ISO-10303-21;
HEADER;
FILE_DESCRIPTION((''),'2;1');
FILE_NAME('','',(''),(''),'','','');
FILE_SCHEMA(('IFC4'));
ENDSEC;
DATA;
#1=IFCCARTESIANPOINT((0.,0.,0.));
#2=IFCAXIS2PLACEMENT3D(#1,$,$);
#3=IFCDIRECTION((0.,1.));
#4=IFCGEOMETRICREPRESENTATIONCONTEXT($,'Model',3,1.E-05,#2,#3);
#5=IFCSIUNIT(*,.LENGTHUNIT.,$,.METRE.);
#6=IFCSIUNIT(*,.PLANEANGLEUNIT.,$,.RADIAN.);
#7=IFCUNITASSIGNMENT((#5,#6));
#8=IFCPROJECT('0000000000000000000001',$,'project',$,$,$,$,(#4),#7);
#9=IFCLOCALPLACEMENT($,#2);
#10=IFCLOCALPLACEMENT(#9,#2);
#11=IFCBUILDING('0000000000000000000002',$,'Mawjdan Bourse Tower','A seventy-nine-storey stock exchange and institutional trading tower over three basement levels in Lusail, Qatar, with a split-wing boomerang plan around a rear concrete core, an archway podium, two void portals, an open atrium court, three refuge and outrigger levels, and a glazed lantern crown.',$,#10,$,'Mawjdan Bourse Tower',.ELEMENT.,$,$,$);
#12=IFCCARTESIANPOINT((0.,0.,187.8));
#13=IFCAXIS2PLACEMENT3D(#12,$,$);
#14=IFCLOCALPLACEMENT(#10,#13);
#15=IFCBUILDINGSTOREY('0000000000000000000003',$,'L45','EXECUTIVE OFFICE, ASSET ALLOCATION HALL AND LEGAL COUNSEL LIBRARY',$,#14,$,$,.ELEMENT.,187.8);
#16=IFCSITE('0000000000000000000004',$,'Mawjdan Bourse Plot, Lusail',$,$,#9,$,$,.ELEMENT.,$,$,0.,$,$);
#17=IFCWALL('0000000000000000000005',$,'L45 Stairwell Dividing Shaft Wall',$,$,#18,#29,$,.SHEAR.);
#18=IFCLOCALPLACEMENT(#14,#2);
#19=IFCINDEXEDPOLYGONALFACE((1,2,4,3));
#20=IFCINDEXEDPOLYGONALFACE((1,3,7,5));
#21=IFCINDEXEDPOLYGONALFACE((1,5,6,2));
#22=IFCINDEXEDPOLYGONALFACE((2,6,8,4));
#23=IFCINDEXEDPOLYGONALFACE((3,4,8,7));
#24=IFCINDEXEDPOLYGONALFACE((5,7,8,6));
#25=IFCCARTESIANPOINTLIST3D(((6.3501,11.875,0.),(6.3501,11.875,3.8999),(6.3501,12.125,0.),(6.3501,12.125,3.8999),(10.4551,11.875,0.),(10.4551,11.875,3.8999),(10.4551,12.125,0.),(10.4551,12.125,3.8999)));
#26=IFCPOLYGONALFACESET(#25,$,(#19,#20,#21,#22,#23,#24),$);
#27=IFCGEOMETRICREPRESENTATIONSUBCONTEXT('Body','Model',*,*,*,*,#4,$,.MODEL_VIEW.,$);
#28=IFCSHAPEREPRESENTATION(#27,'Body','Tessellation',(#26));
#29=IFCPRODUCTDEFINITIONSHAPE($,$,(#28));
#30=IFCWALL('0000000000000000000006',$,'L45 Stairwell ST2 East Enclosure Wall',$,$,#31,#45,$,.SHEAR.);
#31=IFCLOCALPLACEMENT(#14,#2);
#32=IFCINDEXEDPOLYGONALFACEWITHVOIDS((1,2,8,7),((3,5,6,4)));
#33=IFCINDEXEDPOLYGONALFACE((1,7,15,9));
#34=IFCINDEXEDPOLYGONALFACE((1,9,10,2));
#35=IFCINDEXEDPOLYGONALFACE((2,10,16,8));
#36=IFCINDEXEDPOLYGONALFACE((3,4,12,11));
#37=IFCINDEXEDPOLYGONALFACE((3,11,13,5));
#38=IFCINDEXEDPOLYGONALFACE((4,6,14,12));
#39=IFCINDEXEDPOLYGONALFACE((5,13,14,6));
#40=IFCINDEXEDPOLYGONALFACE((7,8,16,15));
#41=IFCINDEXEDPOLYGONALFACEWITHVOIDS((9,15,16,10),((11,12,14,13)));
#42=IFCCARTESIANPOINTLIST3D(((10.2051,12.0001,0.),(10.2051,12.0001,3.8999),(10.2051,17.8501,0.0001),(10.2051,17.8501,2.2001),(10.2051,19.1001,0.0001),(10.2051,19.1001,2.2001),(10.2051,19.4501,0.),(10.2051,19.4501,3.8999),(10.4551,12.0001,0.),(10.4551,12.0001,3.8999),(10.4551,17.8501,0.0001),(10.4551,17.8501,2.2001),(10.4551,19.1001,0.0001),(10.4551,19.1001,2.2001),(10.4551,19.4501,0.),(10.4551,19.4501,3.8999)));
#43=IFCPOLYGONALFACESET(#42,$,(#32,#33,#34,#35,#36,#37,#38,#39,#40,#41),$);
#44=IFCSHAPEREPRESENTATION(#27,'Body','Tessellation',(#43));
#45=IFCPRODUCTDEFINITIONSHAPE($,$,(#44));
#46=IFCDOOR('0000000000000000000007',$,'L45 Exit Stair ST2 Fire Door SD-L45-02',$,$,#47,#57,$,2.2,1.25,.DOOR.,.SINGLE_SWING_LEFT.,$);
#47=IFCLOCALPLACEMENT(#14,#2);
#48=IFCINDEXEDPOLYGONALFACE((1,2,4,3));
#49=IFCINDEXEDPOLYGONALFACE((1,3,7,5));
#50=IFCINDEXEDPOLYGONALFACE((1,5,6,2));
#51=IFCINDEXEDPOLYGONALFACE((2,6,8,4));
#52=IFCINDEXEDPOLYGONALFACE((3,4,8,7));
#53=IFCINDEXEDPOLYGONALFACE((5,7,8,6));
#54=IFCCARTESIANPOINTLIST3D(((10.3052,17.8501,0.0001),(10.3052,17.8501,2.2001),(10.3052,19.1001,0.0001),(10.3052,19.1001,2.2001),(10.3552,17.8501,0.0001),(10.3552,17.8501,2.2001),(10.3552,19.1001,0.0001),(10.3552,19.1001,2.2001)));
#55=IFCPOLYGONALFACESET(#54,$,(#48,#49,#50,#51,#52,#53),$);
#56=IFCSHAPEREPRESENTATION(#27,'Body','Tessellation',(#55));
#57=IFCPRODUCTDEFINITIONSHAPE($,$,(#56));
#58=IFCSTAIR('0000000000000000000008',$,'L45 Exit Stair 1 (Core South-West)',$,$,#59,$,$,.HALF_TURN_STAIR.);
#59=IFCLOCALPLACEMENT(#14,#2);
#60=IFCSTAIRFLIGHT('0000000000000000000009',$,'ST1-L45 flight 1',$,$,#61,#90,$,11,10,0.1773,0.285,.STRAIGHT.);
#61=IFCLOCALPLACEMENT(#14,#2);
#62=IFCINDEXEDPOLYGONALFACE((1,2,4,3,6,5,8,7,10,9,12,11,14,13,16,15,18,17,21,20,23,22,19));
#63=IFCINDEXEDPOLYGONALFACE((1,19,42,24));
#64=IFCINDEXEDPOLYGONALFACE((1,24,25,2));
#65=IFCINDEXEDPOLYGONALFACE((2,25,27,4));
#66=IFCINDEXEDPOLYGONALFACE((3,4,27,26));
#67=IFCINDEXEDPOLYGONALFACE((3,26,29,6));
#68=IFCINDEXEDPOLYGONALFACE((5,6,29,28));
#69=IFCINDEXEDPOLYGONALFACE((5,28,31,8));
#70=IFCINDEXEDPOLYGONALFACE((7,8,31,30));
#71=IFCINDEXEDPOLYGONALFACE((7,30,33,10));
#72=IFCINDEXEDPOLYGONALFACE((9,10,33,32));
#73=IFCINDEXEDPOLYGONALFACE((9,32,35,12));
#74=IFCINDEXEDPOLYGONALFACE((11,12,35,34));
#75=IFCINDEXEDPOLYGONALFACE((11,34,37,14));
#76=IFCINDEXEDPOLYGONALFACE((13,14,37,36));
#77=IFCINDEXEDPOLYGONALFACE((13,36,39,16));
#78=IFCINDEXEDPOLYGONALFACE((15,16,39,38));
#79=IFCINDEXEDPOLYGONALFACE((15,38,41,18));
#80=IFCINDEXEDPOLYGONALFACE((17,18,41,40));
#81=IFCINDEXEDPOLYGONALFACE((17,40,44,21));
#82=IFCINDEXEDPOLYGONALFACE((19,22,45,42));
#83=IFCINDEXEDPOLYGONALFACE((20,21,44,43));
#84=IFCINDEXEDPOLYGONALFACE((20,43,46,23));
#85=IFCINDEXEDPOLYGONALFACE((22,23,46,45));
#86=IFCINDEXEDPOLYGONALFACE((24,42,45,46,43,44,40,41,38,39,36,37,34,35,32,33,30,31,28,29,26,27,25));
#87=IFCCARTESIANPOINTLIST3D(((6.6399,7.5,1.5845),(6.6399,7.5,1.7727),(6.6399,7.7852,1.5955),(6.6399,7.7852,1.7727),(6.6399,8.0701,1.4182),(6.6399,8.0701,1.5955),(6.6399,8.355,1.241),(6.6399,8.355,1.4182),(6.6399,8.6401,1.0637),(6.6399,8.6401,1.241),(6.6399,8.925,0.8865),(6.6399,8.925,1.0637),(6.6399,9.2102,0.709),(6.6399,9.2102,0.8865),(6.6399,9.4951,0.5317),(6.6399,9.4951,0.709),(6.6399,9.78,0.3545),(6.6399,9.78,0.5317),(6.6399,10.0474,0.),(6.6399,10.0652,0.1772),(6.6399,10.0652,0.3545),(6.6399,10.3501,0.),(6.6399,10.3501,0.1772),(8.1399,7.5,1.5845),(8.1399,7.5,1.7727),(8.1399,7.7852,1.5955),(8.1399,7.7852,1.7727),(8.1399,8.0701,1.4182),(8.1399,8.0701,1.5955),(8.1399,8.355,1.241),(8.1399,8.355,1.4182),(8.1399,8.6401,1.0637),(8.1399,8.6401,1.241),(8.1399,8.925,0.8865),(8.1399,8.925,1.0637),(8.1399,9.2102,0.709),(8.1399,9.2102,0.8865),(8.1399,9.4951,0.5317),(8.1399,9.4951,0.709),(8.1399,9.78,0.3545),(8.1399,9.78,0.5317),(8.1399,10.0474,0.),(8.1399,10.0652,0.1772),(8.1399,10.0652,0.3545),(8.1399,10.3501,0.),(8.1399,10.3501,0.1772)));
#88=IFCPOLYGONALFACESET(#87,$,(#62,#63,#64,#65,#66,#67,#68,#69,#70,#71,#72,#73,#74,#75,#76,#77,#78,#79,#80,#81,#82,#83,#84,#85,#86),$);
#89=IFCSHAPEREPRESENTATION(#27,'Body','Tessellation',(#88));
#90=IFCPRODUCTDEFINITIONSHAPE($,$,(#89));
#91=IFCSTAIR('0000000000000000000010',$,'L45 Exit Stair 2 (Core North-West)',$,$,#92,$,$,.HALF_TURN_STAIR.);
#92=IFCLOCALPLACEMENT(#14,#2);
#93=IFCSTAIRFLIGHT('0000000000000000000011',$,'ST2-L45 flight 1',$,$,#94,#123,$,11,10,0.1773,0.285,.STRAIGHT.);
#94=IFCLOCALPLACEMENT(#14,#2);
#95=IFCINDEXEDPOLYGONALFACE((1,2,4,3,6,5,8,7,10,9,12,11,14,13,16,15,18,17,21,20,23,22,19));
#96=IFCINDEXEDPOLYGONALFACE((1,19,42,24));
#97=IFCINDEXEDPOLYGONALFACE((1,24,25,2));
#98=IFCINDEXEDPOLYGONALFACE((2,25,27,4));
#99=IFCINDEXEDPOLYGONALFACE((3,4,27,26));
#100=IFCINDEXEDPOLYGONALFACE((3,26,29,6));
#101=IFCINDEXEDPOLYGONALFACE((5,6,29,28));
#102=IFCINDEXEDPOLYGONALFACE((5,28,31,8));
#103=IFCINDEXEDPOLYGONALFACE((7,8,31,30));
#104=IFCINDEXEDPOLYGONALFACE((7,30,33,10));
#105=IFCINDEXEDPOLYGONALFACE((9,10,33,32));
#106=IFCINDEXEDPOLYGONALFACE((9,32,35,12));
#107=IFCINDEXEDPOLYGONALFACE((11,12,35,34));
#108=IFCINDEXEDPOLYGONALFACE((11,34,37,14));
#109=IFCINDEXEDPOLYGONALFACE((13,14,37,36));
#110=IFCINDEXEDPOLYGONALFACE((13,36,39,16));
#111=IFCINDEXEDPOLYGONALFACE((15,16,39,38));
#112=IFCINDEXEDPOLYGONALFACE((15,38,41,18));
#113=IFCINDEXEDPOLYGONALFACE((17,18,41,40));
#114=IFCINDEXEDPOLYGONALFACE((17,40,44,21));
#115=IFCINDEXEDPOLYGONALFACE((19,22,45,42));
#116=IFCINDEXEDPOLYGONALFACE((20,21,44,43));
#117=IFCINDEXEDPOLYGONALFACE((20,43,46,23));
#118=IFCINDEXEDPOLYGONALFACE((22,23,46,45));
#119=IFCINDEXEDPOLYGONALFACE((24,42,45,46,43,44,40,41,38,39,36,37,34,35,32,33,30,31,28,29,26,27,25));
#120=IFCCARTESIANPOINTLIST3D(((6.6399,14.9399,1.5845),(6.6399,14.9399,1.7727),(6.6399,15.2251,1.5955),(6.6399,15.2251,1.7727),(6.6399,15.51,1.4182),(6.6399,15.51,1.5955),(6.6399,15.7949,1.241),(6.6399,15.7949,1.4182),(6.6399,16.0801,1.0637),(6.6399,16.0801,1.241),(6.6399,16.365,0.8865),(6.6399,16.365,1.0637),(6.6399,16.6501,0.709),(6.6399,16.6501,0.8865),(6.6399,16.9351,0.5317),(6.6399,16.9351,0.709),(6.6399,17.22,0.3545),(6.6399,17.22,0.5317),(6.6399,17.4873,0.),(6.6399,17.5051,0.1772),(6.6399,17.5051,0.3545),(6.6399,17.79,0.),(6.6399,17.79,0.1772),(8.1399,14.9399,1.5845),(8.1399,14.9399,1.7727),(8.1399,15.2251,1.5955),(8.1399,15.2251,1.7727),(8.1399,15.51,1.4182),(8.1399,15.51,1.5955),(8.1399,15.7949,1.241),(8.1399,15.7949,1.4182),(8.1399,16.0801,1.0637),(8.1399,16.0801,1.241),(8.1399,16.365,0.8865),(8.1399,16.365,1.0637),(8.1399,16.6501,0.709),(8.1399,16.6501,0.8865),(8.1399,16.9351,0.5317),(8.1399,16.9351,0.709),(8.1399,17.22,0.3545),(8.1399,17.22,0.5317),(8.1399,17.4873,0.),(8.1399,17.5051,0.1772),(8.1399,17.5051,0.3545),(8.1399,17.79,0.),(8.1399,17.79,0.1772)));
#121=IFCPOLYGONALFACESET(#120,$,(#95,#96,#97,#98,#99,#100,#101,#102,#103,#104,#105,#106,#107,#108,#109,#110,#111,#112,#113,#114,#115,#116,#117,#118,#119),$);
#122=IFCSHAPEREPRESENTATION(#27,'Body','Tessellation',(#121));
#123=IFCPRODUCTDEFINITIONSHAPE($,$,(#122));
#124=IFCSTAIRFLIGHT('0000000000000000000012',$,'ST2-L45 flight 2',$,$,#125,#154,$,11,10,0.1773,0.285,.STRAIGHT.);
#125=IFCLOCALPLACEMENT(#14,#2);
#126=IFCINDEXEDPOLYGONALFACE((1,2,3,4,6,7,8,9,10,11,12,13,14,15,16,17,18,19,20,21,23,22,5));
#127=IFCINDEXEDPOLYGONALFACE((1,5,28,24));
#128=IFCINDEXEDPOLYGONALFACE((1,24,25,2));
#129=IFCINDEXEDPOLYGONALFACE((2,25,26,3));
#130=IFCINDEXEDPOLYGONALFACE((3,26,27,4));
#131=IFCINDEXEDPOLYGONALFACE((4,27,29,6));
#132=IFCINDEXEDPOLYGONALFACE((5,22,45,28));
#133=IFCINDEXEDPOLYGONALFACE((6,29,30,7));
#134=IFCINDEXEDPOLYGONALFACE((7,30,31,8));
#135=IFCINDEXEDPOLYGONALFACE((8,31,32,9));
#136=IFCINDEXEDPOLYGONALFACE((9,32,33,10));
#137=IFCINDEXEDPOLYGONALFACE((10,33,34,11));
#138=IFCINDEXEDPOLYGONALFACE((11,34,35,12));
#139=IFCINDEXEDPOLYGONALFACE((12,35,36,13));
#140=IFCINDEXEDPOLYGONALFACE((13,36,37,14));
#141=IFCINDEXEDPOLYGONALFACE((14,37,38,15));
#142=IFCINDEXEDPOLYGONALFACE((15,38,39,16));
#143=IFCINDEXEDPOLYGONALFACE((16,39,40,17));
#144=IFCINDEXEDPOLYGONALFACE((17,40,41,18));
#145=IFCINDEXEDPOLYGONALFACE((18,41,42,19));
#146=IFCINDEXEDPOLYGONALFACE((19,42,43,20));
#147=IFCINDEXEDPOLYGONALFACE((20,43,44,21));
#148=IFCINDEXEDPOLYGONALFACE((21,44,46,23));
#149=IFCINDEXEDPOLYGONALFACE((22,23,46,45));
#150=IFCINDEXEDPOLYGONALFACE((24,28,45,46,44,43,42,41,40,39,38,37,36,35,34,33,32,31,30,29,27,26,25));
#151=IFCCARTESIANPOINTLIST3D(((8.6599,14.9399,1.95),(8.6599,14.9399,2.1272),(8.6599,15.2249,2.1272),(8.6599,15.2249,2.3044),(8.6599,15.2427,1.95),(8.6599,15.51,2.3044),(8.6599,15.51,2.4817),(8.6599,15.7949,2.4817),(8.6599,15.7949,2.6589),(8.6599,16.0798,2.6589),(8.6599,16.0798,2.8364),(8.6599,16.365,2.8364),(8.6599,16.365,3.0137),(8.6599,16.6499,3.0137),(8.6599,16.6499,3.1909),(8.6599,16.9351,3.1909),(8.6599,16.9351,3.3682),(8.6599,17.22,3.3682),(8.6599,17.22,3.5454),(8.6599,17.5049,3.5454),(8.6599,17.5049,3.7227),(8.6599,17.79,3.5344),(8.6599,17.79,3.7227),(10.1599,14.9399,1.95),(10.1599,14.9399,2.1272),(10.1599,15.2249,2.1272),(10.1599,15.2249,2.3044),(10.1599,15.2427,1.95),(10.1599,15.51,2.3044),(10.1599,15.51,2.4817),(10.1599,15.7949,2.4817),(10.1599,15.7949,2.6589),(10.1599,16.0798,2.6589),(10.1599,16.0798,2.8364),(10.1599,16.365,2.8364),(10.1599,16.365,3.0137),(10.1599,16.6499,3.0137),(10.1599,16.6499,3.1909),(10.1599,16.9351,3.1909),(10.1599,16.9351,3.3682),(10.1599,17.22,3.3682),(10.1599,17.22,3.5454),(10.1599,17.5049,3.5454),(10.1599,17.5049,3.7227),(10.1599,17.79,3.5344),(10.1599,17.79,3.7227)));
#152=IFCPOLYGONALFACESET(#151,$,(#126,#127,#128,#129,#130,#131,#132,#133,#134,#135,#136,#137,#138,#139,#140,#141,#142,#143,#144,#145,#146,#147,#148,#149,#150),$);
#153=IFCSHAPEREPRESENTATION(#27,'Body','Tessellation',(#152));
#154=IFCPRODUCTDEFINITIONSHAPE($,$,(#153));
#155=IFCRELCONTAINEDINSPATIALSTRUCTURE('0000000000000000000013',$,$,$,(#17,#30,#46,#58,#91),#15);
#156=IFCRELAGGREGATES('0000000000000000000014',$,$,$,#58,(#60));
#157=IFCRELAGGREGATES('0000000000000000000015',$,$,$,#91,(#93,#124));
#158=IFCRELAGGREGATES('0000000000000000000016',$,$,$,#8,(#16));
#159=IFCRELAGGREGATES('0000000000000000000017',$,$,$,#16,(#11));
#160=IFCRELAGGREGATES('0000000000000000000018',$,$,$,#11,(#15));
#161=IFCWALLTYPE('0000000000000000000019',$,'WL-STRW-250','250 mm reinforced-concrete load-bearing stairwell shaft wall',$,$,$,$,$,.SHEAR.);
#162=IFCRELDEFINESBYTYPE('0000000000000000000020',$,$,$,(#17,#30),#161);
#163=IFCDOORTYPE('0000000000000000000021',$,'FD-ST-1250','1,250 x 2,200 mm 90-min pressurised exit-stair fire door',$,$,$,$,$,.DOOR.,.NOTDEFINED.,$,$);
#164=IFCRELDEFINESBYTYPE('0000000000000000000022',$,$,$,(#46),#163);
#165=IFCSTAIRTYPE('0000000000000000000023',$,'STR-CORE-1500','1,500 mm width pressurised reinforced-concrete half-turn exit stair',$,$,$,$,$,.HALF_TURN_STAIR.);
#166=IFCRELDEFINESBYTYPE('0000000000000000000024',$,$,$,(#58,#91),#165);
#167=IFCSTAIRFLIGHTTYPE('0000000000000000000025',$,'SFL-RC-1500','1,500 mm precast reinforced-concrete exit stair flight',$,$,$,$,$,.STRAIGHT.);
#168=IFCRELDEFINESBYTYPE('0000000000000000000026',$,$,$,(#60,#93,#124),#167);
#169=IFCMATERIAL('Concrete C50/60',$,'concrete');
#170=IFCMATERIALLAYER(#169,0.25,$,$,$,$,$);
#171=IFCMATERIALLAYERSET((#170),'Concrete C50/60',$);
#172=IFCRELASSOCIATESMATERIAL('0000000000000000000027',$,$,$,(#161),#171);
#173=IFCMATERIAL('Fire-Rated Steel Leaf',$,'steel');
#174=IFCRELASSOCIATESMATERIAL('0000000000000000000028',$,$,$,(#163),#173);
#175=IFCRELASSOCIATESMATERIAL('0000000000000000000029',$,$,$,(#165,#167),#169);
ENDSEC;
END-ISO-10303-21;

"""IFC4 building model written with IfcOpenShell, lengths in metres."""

from ifc_helpers import new_model, si_unit, direction, frame, frame_2d, origin, place, context, subcontext, project, spatial, polyline, rectangle, outline, extrude, material, layer, layer_set, type_object, element, fill, aggregate, save


model = new_model("IFC4")

# Units and contexts
model_context = context("Model", 3, precision=1e-05, world=origin(), true_north=direction((0.0, 1.0)))
body_context = subcontext(model_context, "Body", "Model", "MODEL_VIEW")
ifc_project = project(units=[si_unit("LENGTHUNIT", "METRE"), si_unit("PLANEANGLEUNIT", "RADIAN")], contexts=[model_context])

# Site, building, storey
site_placement = place(None, origin())
site = spatial("IfcSite", under=ifc_project, at=site_placement, Name="Mawjdan Bourse Plot, Lusail", CompositionType="ELEMENT", RefElevation=0.0)
building_placement = place(site_placement, origin())
building = spatial("IfcBuilding", under=site, at=building_placement, Name="Mawjdan Bourse Tower", Description="A seventy-nine-storey stock exchange and institutional trading tower over three basement levels in Lusail, Qatar, with a split-wing boomerang plan around a rear concrete core, an archway podium, two void portals, an open atrium court, three refuge and outrigger levels, and a glazed lantern crown.", LongName="Mawjdan Bourse Tower", CompositionType="ELEMENT")
storey_placement = place(building_placement, frame((0.0, 0.0, 187.8)))
storey = spatial("IfcBuildingStorey", under=building, at=storey_placement, Name="L45", Description="EXECUTIVE OFFICE, ASSET ALLOCATION HALL AND LEGAL COUNSEL LIBRARY", CompositionType="ELEMENT", Elevation=187.8)

# Shared definitions
ifc_material_1 = material(Name="Concrete C50/60", Category="concrete")

# Wall
ifc_layer_1 = layer(ifc_material_1, 0.25)
ifc_layer_set_1 = layer_set([ifc_layer_1], Name="Concrete C50/60")
wall_type_1 = type_object("IfcWallType", Name="WL-STRW-250", Description="250 mm reinforced-concrete load-bearing stairwell shaft wall", PredefinedType="SHEAR", material=ifc_layer_set_1)
wall_1_placement = place(storey_placement, frame((6.3501, 12.0, 0.0), z_axis=(0.0, 0.0, 1.0), x_axis=(1.0, 0.0, 0.0)))
element("IfcWall", 1, at=wall_1_placement, inside=storey, type_object=wall_type_1, Name="L45 Stairwell Dividing Shaft Wall", PredefinedType="SHEAR", context=body_context, shape_type="SweptSolid", body=[
    extrude(rectangle(XDim=4.105, YDim=0.25, at=frame_2d((2.0525, 0.0))), origin(), (0.0, 0.0, 1.0), 3.8999),
])

# Wall, opening, door
wall_2_placement = place(storey_placement, frame((10.3301, 12.0, 0.0), z_axis=(0.0, 0.0, 1.0), x_axis=(0.0, 1.0, 0.0)))
wall_2 = element("IfcWall", 2, at=wall_2_placement, inside=storey, type_object=wall_type_1, Name="L45 Stairwell ST2 East Enclosure Wall", PredefinedType="SHEAR", context=body_context, shape_type="SweptSolid", body=[
    extrude(rectangle(XDim=7.45, YDim=0.25, at=frame_2d((3.7251, 0.0))), origin(), (0.0, 0.0, 1.0), 3.8999),
])
opening_1_placement = place(wall_2_placement, frame((5.8501, 0.0, 0.0)))
opening_1 = element("IfcOpeningElement", 3, at=opening_1_placement, cuts=wall_2, PredefinedType="OPENING", context=body_context, shape_type="SweptSolid", body=[
    extrude(rectangle(XDim=1.25, YDim=2.2, at=frame_2d((0.625, 1.1001))), frame((0.0, 0.135, 0.0), z_axis=(0.0, -1.0, 0.0), x_axis=(1.0, 0.0, 0.0)), (0.0, 0.0, 1.0), 0.27),
])
ifc_material_2 = material(Name="Fire-Rated Steel Leaf", Category="steel")
door_type_1 = type_object("IfcDoorType", Name="FD-ST-1250", Description="1,250 x 2,200 mm 90-min pressurised exit-stair fire door", OperationType="NOTDEFINED", PredefinedType="DOOR", material=ifc_material_2)
door_1_placement = place(opening_1_placement, origin())
door_1 = element("IfcDoor", 4, at=door_1_placement, inside=storey, type_object=door_type_1, Name="L45 Exit Stair ST2 Fire Door SD-L45-02", OperationType="SINGLE_SWING_LEFT", OverallHeight=2.2, OverallWidth=1.25, PredefinedType="DOOR", context=body_context, shape_type="SweptSolid", body=[
    extrude(rectangle(XDim=1.25, YDim=2.2, at=frame_2d((0.625, 1.1001))), frame((0.0, 0.0249, 0.0), z_axis=(0.0, -1.0, 0.0), x_axis=(1.0, 0.0, 0.0)), (0.0, 0.0, 1.0), 0.05),
])
fill(opening_1, door_1)

# Stair, stair flight
stair_type = type_object("IfcStairType", Name="STR-CORE-1500", Description="1,500 mm width pressurised reinforced-concrete half-turn exit stair", PredefinedType="HALF_TURN_STAIR", material=ifc_material_1)
stair_1_placement = place(storey_placement, origin())
stair_1 = element("IfcStair", 5, at=stair_1_placement, inside=storey, type_object=stair_type, Name="L45 Exit Stair 1 (Core South-West)", PredefinedType="HALF_TURN_STAIR")
stair_flight_type = type_object("IfcStairFlightType", Name="SFL-RC-1500", Description="1,500 mm precast reinforced-concrete exit stair flight", PredefinedType="STRAIGHT", material=ifc_material_1)
stair_flight_1_placement = place(storey_placement, frame((7.3899, 10.3501, 0.0), z_axis=(0.0, 0.0, 1.0), x_axis=(0.0, -1.0, 0.0)))
stair_flight_1 = element("IfcStairFlight", 6, at=stair_flight_1_placement, type_object=stair_flight_type, Name="ST1-L45 flight 1", NumberOfRisers=11, NumberOfTreads=10, PredefinedType="STRAIGHT", RiserHeight=0.1773, TreadLength=0.285, context=body_context, shape_type="SweptSolid", body=[
    extrude(outline(polyline([(0.0, 0.0), (0.0, 0.1772), (0.2849, 0.1772), (0.2849, 0.3545), (0.5701, 0.3545), (0.5701, 0.5317), (0.855, 0.5317), (0.855, 0.709), (1.1399, 0.709), (1.1399, 0.8865), (1.425, 0.8865), (1.425, 1.0637), (1.71, 1.0637), (1.71, 1.241), (1.9951, 1.241), (1.9951, 1.4182), (2.28, 1.4182), (2.28, 1.5955), (2.5649, 1.5955), (2.5649, 1.7727), (2.8501, 1.7727), (2.8501, 1.95), (2.8501, 1.5845), (0.3027, 0.0), (0.0, 0.0)])), frame((0.0, 0.75, 0.0), z_axis=(0.0, -1.0, 0.0), x_axis=(1.0, 0.0, 0.0)), (0.0, 0.0, 1.0), 1.5),
])
aggregate(stair_1, [stair_flight_1])

# Stair, stair flights
stair_2_placement = place(storey_placement, origin())
stair_2 = element("IfcStair", 7, at=stair_2_placement, inside=storey, type_object=stair_type, Name="L45 Exit Stair 2 (Core North-West)", PredefinedType="HALF_TURN_STAIR")
stair_flight_2_placement = place(storey_placement, frame((7.3899, 17.79, 0.0), z_axis=(0.0, 0.0, 1.0), x_axis=(0.0, -1.0, 0.0)))
stair_flight_2 = element("IfcStairFlight", 8, at=stair_flight_2_placement, type_object=stair_flight_type, Name="ST2-L45 flight 1", NumberOfRisers=11, NumberOfTreads=10, PredefinedType="STRAIGHT", RiserHeight=0.1773, TreadLength=0.285, context=body_context, shape_type="SweptSolid", body=[
    extrude(outline(polyline([(0.0, 0.0), (0.0, 0.1772), (0.2849, 0.1772), (0.2849, 0.3545), (0.5701, 0.3545), (0.5701, 0.5317), (0.855, 0.5317), (0.855, 0.709), (1.1399, 0.709), (1.1399, 0.8865), (1.425, 0.8865), (1.425, 1.0637), (1.71, 1.0637), (1.71, 1.241), (1.9951, 1.241), (1.9951, 1.4182), (2.28, 1.4182), (2.28, 1.5955), (2.5649, 1.5955), (2.5649, 1.7727), (2.8501, 1.7727), (2.8501, 1.95), (2.8501, 1.5845), (0.3027, 0.0), (0.0, 0.0)])), frame((0.0, 0.75, 0.0), z_axis=(0.0, -1.0, 0.0), x_axis=(1.0, 0.0, 0.0)), (0.0, 0.0, 1.0), 1.5),
])
stair_flight_3_placement = place(storey_placement, frame((9.4099, 14.9399, 1.95), z_axis=(0.0, 0.0, 1.0), x_axis=(0.0, 1.0, 0.0)))
stair_flight_3 = element("IfcStairFlight", 9, at=stair_flight_3_placement, type_object=stair_flight_type, Name="ST2-L45 flight 2", NumberOfRisers=11, NumberOfTreads=10, PredefinedType="STRAIGHT", RiserHeight=0.1773, TreadLength=0.285, context=body_context, shape_type="SweptSolid", body=[
    extrude(outline(polyline([(0.0, 0.0), (0.0, 0.1772), (0.2849, 0.1772), (0.2849, 0.3545), (0.5701, 0.3545), (0.5701, 0.5317), (0.855, 0.5317), (0.855, 0.709), (1.1399, 0.709), (1.1399, 0.8865), (1.425, 0.8865), (1.425, 1.0637), (1.71, 1.0637), (1.71, 1.241), (1.9951, 1.241), (1.9951, 1.4182), (2.28, 1.4182), (2.28, 1.5955), (2.5649, 1.5955), (2.5649, 1.7727), (2.8501, 1.7727), (2.8501, 1.95), (2.8501, 1.5845), (0.3027, 0.0), (0.0, 0.0)])), frame((0.0, 0.75, 0.0), z_axis=(0.0, -1.0, 0.0), x_axis=(1.0, 0.0, 0.0)), (0.0, 0.0, 1.0), 1.5),
])
aggregate(stair_2, [stair_flight_2, stair_flight_3])

save(model, "model.ifc")
